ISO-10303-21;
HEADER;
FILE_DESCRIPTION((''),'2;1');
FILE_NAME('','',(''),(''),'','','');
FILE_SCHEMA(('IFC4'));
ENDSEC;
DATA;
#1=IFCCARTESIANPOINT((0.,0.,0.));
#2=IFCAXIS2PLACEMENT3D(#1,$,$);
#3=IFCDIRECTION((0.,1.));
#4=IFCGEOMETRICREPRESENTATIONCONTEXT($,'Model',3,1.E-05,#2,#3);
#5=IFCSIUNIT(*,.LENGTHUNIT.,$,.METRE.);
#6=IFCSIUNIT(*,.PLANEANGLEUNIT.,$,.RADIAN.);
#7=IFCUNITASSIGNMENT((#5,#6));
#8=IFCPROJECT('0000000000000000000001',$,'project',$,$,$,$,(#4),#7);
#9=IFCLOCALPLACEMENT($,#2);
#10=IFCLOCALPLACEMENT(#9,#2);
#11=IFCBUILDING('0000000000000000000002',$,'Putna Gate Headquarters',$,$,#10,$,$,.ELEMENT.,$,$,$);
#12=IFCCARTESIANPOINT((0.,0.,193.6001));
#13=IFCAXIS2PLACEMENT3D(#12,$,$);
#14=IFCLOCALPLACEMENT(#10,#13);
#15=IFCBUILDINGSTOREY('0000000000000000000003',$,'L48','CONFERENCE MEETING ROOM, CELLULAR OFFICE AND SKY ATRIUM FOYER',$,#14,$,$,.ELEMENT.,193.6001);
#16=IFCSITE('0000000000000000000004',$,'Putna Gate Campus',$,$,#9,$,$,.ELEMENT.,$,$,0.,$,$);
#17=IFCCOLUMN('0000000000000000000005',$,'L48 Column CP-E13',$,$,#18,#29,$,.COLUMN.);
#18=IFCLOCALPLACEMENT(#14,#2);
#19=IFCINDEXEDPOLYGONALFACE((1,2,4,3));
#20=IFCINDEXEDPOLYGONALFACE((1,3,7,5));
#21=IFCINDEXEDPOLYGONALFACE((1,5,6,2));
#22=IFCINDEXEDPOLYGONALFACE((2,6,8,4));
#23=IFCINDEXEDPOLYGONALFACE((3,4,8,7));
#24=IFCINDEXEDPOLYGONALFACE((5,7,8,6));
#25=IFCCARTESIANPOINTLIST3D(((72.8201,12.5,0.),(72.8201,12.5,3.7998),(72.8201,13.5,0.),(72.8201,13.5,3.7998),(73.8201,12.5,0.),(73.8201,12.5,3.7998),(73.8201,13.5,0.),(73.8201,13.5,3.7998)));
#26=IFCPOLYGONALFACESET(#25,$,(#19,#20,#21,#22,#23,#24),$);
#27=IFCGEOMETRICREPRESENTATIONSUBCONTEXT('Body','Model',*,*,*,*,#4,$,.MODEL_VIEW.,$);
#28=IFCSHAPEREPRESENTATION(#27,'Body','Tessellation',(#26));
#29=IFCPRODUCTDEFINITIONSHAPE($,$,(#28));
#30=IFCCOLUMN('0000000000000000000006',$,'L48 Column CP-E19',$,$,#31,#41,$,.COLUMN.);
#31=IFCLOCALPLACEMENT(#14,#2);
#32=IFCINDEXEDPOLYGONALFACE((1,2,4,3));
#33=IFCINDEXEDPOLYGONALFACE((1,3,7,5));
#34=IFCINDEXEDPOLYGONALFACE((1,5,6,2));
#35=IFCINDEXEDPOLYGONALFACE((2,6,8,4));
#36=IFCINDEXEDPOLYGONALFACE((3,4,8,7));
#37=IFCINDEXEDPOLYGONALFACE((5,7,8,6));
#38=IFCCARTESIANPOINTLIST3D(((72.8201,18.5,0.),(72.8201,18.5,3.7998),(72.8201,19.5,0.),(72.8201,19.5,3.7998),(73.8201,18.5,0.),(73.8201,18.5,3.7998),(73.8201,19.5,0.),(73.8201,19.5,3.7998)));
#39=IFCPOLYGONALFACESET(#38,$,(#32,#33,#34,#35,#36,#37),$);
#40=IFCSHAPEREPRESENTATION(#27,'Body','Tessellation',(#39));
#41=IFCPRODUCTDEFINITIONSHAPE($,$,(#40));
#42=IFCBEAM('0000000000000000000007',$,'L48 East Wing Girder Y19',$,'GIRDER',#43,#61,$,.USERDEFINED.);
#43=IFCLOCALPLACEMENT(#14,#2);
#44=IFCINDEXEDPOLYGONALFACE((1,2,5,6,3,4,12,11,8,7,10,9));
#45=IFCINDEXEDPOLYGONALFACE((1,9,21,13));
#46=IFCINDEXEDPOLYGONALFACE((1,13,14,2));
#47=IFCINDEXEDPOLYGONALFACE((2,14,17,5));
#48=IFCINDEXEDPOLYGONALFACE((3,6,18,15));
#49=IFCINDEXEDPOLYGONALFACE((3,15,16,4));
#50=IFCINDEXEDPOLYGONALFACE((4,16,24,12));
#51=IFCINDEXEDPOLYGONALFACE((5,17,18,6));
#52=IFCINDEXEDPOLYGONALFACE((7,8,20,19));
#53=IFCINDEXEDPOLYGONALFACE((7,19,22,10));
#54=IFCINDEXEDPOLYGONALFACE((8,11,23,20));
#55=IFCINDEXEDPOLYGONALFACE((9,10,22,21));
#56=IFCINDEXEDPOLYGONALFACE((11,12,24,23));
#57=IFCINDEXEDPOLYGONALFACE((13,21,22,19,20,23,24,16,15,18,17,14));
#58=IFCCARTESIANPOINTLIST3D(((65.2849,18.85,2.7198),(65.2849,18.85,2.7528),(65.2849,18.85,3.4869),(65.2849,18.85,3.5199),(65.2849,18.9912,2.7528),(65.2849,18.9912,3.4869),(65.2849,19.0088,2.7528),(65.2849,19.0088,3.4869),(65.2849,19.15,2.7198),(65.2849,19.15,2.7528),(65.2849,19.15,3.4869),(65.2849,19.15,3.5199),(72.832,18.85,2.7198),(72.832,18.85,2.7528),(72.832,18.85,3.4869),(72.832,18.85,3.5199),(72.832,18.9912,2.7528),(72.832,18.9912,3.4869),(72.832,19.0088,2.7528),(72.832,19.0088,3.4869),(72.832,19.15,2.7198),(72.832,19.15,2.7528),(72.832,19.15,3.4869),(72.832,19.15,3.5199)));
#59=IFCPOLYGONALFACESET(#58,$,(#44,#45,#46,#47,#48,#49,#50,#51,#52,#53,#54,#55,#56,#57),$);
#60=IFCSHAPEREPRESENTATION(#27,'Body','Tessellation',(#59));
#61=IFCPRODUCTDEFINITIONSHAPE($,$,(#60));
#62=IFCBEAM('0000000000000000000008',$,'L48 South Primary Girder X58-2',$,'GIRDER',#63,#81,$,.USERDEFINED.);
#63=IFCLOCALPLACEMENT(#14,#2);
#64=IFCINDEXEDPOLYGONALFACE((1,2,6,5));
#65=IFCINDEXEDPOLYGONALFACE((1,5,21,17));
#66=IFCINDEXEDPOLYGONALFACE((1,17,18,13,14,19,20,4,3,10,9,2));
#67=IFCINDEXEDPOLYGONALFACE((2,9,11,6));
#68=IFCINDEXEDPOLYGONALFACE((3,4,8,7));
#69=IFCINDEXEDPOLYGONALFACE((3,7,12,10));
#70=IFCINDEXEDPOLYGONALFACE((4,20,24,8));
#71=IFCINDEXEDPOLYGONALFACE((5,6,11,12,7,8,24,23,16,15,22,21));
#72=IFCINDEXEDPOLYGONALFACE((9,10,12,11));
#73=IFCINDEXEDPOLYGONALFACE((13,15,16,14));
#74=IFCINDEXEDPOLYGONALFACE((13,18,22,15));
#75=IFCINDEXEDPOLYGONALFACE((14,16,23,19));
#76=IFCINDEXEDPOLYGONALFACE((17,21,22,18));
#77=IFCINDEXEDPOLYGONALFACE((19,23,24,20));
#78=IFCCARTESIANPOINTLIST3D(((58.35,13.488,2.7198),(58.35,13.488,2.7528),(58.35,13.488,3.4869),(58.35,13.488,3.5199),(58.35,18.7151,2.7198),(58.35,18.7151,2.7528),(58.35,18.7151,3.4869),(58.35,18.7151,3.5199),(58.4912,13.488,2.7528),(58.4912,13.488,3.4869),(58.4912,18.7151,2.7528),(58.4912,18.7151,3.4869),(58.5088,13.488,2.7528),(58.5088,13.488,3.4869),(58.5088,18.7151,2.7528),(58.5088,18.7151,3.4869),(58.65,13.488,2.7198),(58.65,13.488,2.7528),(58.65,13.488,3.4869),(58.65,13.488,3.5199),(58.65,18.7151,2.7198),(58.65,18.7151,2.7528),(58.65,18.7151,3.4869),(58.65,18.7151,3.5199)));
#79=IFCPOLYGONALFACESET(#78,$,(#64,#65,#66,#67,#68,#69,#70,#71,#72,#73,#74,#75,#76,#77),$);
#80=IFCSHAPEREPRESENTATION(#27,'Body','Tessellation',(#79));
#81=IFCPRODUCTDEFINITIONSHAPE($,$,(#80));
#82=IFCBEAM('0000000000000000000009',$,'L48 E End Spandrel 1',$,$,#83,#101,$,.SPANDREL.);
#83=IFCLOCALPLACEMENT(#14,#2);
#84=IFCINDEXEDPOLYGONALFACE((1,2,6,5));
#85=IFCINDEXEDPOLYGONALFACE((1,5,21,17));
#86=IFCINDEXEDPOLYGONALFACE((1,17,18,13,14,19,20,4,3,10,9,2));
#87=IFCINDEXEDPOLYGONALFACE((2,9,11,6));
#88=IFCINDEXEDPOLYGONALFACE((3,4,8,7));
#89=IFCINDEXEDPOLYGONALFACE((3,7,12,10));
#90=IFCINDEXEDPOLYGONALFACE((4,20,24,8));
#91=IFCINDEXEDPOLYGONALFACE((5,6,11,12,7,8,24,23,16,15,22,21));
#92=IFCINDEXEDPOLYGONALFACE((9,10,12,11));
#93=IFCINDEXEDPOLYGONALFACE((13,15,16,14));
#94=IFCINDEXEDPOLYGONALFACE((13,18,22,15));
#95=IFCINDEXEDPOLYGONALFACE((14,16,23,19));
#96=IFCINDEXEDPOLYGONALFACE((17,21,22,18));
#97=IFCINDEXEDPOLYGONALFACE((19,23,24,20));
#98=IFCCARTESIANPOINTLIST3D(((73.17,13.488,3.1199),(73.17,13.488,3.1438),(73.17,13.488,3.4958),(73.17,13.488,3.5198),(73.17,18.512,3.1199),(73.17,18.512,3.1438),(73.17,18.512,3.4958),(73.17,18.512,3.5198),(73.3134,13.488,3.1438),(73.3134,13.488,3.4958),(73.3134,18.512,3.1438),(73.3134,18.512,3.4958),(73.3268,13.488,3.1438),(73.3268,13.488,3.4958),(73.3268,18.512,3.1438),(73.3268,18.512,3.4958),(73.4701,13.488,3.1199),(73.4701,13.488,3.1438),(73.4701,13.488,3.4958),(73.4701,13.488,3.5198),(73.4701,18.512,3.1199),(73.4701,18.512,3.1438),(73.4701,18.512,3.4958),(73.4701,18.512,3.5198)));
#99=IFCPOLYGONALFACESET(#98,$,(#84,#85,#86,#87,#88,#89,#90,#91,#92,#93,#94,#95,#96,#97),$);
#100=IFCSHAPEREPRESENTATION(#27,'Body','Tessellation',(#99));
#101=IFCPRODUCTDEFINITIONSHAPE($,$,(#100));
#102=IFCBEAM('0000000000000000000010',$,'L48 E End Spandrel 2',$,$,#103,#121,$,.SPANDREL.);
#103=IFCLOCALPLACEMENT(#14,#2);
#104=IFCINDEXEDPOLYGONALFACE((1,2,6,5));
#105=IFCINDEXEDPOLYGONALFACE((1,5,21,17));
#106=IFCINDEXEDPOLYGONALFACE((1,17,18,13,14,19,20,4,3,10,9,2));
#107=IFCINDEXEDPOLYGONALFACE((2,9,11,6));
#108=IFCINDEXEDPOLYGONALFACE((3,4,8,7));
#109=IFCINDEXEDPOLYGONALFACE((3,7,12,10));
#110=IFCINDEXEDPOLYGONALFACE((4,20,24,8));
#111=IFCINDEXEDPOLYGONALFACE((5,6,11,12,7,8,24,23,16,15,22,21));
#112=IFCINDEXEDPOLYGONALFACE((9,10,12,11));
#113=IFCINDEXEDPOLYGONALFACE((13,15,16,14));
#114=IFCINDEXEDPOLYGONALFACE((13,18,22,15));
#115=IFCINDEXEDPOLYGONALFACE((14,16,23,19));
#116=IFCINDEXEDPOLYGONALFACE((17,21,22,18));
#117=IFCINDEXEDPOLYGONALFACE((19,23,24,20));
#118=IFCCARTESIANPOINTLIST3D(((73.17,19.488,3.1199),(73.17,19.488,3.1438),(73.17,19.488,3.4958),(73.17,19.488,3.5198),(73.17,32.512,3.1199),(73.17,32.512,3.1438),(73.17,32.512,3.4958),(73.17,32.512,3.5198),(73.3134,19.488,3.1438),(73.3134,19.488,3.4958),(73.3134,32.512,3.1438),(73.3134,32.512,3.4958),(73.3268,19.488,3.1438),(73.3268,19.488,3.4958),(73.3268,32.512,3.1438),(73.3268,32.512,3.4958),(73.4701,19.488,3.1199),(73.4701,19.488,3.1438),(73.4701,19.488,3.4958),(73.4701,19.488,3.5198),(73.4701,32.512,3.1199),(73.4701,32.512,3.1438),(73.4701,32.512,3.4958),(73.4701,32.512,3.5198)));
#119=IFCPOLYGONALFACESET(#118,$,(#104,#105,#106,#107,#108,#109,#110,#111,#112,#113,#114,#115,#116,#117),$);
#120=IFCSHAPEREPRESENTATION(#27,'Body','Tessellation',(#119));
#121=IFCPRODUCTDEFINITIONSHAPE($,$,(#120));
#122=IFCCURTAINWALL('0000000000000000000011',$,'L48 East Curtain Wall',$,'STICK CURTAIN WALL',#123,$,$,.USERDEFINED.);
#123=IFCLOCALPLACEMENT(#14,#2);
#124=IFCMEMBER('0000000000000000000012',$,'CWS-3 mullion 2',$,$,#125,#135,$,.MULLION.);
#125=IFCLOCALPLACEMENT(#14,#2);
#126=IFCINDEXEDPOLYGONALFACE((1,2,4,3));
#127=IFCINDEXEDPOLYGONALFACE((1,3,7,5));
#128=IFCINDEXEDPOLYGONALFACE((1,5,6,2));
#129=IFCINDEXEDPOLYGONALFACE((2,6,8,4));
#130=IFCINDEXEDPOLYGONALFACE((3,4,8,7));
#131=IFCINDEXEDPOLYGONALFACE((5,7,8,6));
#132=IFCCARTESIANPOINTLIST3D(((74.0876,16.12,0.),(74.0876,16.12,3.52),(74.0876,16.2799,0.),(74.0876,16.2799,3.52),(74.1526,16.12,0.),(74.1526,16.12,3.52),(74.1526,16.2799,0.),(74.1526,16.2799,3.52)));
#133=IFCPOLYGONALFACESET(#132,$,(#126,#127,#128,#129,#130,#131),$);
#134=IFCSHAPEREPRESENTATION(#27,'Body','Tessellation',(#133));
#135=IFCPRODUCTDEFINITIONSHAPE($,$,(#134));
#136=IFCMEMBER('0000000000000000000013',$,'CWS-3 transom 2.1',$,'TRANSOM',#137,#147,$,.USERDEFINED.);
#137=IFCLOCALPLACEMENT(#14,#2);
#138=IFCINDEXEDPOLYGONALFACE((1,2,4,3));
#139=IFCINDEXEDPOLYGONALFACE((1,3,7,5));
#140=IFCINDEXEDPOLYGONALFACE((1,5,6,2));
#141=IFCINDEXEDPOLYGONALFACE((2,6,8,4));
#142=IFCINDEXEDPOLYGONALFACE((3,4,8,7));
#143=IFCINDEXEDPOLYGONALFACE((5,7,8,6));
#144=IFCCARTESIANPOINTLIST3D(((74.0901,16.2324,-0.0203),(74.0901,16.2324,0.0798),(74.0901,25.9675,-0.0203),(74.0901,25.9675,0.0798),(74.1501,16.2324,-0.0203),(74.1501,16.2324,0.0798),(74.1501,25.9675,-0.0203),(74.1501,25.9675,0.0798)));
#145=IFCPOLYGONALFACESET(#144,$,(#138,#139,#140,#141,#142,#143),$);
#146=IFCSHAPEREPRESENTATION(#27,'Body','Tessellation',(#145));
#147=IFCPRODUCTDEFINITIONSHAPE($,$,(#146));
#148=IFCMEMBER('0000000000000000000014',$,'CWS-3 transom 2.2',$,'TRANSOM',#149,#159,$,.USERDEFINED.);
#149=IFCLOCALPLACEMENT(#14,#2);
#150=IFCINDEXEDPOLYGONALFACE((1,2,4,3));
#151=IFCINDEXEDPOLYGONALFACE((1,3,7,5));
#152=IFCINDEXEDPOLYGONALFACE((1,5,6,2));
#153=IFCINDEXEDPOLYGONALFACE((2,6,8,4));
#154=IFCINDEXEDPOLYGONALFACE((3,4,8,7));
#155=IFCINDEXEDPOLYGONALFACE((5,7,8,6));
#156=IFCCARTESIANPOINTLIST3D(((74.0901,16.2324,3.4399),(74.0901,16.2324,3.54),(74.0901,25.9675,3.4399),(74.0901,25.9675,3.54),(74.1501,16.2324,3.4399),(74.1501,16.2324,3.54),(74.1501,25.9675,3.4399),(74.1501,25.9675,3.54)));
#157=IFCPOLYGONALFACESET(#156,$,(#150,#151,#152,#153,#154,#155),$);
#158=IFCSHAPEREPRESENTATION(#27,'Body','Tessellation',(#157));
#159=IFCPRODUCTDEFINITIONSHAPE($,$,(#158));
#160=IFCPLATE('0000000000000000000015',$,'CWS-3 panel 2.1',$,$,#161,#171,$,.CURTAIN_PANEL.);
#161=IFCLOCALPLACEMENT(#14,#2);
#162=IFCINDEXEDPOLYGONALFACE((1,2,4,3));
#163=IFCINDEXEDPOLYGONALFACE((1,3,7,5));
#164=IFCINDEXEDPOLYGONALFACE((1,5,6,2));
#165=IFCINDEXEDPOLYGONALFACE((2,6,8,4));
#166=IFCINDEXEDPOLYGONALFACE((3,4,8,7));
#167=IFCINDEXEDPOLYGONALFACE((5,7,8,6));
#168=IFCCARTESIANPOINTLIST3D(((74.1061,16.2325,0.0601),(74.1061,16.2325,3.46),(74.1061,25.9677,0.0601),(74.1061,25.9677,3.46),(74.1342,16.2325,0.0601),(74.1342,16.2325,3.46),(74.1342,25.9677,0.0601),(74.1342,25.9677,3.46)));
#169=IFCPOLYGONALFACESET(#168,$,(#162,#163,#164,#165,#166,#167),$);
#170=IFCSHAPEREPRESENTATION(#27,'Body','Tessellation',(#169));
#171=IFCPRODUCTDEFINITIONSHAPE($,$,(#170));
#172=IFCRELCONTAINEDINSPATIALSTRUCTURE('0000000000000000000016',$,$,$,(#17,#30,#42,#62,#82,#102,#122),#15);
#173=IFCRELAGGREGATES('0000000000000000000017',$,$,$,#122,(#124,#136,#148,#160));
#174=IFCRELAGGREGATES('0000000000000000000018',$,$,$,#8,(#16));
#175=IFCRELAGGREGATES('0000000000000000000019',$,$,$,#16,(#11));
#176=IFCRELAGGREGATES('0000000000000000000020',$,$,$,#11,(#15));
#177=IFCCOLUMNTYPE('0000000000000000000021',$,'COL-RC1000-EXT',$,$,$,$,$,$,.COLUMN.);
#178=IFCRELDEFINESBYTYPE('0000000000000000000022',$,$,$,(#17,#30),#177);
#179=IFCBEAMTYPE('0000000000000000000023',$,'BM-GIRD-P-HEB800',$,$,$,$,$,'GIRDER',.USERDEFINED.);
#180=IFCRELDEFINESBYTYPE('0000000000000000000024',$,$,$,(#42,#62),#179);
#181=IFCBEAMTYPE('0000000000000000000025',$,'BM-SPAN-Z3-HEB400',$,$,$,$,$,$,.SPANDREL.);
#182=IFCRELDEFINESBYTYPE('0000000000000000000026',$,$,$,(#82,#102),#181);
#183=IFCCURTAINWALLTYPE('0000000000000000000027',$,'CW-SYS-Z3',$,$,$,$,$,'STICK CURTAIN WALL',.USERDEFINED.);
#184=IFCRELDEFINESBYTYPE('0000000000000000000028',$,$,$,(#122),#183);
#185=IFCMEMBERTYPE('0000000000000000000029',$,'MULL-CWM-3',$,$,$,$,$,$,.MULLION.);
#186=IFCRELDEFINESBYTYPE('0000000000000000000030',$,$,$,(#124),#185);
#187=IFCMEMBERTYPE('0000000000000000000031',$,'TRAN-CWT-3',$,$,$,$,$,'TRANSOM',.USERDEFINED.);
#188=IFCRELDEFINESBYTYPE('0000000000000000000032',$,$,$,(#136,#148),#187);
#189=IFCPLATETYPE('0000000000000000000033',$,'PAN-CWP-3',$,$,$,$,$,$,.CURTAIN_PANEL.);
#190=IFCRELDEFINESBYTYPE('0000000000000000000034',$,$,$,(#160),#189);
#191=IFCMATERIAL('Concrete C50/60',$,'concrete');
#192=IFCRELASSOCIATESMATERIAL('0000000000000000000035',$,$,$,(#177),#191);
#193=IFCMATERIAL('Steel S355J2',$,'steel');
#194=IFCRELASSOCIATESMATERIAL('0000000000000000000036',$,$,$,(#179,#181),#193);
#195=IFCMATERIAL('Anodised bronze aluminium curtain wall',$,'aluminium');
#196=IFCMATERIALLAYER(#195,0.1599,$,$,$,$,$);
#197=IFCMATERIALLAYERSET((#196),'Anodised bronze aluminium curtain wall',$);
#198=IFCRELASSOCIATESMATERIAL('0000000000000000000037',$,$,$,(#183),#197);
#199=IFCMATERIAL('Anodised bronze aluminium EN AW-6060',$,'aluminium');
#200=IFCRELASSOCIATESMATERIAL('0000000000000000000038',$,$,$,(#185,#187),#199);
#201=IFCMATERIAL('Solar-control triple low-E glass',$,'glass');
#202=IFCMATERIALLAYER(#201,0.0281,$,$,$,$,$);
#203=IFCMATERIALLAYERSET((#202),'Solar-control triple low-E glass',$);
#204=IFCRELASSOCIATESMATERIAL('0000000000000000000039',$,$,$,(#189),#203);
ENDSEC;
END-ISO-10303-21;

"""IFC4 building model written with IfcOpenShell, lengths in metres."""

from ifc_helpers import new_model, si_unit, direction, frame, origin, origin_2d, place, context, subcontext, project, spatial, rectangle, i_section, extrude, material, layer, layer_set, material_profile, profile_set, type_object, element, aggregate, save


model = new_model("IFC4")

# Units and contexts
model_context = context("Model", 3, precision=1e-05, world=origin(), true_north=direction((0.0, 1.0)))
body_context = subcontext(model_context, "Body", "Model", "MODEL_VIEW")
ifc_project = project(units=[si_unit("LENGTHUNIT", "METRE"), si_unit("PLANEANGLEUNIT", "RADIAN")], contexts=[model_context])

# Site, building, storey
site_placement = place(None, origin())
site = spatial("IfcSite", under=ifc_project, at=site_placement, Name="Putna Gate Campus", CompositionType="ELEMENT", RefElevation=0.0)
building_placement = place(site_placement, origin())
building = spatial("IfcBuilding", under=site, at=building_placement, Name="Putna Gate Headquarters", CompositionType="ELEMENT")
storey_placement = place(building_placement, frame((0.0, 0.0, 193.6001)))
storey = spatial("IfcBuildingStorey", under=building, at=storey_placement, Name="L48", Description="CONFERENCE MEETING ROOM, CELLULAR OFFICE AND SKY ATRIUM FOYER", CompositionType="ELEMENT", Elevation=193.6001)

# Columns
ifc_material_1 = material(Name="Concrete C50/60", Category="concrete")
ifc_material_profile_1 = material_profile(ifc_material_1, rectangle(XDim=1.0, YDim=1.0, at=origin_2d()), Name="Concrete C50/60")
ifc_profile_set_1 = profile_set([ifc_material_profile_1], Name="Concrete C50/60")
column_type = type_object("IfcColumnType", Name="COL-RC1000-EXT", PredefinedType="COLUMN", material=ifc_profile_set_1)
for number, where, z_axis, x_axis, name in (
    (1, (73.3201, 13.0, 0.0), (0.0, 0.0, 1.0), (1.0, 0.0, 0.0), "L48 Column CP-E13"),
    (2, (73.3201, 19.0, 0.0), (0.0, 0.0, 1.0), (1.0, 0.0, 0.0), "L48 Column CP-E19"),
):
    element("IfcColumn", number, at=place(storey_placement, frame(where, z_axis=z_axis, x_axis=x_axis)), inside=storey, type_object=column_type, Name=name, PredefinedType="COLUMN", context=body_context, shape_type="SweptSolid", body=[
        extrude(rectangle(XDim=1.0, YDim=1.0, at=origin_2d()), origin(), (0.0, 0.0, 1.0), 3.7998),
    ])

# Beams
ifc_material_2 = material(Name="Steel S355J2", Category="steel")
ifc_material_profile_2 = material_profile(ifc_material_2, i_section(OverallWidth=0.3, OverallDepth=0.8, WebThickness=0.0176, FlangeThickness=0.033, at=origin_2d()), Name="Steel S355J2")
ifc_profile_set_2 = profile_set([ifc_material_profile_2], Name="Steel S355J2")
beam_type_1 = type_object("IfcBeamType", Name="BM-GIRD-P-HEB800", ElementType="GIRDER", PredefinedType="USERDEFINED", material=ifc_profile_set_2)
beam_1_placement = place(storey_placement, frame((65.2849, 19.0, 3.1199), z_axis=(1.0, 0.0, 0.0), x_axis=(0.0, 1.0, 0.0)))
element("IfcBeam", 3, at=beam_1_placement, inside=storey, type_object=beam_type_1, Name="L48 East Wing Girder Y19", ObjectType="GIRDER", PredefinedType="USERDEFINED", context=body_context, shape_type="SweptSolid", body=[
    extrude(i_section(OverallWidth=0.3, OverallDepth=0.8, WebThickness=0.0176, FlangeThickness=0.033, at=origin_2d()), origin(), (0.0, 0.0, 1.0), 7.5471),
])
beam_2_placement = place(storey_placement, frame((58.5, 13.488, 3.1199), z_axis=(0.0, 1.0, 0.0), x_axis=(-1.0, 0.0, 0.0)))
element("IfcBeam", 4, at=beam_2_placement, inside=storey, type_object=beam_type_1, Name="L48 South Primary Girder X58-2", ObjectType="GIRDER", PredefinedType="USERDEFINED", context=body_context, shape_type="SweptSolid", body=[
    extrude(i_section(OverallWidth=0.3, OverallDepth=0.8, WebThickness=0.0176, FlangeThickness=0.033, at=origin_2d()), origin(), (0.0, 0.0, 1.0), 5.2271),
])
ifc_material_profile_3 = material_profile(ifc_material_2, i_section(OverallWidth=0.3, OverallDepth=0.3999, WebThickness=0.0134, FlangeThickness=0.0239, at=origin_2d()), Name="Steel S355J2")
ifc_profile_set_3 = profile_set([ifc_material_profile_3], Name="Steel S355J2")
beam_type_2 = type_object("IfcBeamType", Name="BM-SPAN-Z3-HEB400", PredefinedType="SPANDREL", material=ifc_profile_set_3)
beam_3_placement = place(storey_placement, frame((73.3201, 13.488, 3.3198), z_axis=(0.0, 1.0, 0.0), x_axis=(-1.0, 0.0, 0.0)))
element("IfcBeam", 5, at=beam_3_placement, inside=storey, type_object=beam_type_2, Name="L48 E End Spandrel 1", PredefinedType="SPANDREL", context=body_context, shape_type="SweptSolid", body=[
    extrude(i_section(OverallWidth=0.3, OverallDepth=0.3999, WebThickness=0.0134, FlangeThickness=0.0239, at=origin_2d()), origin(), (0.0, 0.0, 1.0), 5.0239),
])
beam_4_placement = place(storey_placement, frame((73.3201, 19.488, 3.3198), z_axis=(0.0, 1.0, 0.0), x_axis=(-1.0, 0.0, 0.0)))
element("IfcBeam", 6, at=beam_4_placement, inside=storey, type_object=beam_type_2, Name="L48 E End Spandrel 2", PredefinedType="SPANDREL", context=body_context, shape_type="SweptSolid", body=[
    extrude(i_section(OverallWidth=0.3, OverallDepth=0.3999, WebThickness=0.0134, FlangeThickness=0.0239, at=origin_2d()), origin(), (0.0, 0.0, 1.0), 13.0239),
])

# Curtain wall, members, plate
ifc_material_3 = material(Name="Anodised bronze aluminium curtain wall", Category="aluminium")
ifc_layer_1 = layer(ifc_material_3, 0.1599)
ifc_layer_set_1 = layer_set([ifc_layer_1], Name="Anodised bronze aluminium curtain wall")
curtain_wall_type = type_object("IfcCurtainWallType", Name="CW-SYS-Z3", ElementType="STICK CURTAIN WALL", PredefinedType="USERDEFINED", material=ifc_layer_set_1)
curtain_wall_placement = place(storey_placement, origin())
curtain_wall = element("IfcCurtainWall", 7, at=curtain_wall_placement, inside=storey, type_object=curtain_wall_type, Name="L48 East Curtain Wall", ObjectType="STICK CURTAIN WALL", PredefinedType="USERDEFINED")
ifc_material_4 = material(Name="Anodised bronze aluminium EN AW-6060", Category="aluminium")
ifc_material_profile_4 = material_profile(ifc_material_4, rectangle(XDim=0.0649, YDim=0.1599, at=origin_2d()), Name="Anodised bronze aluminium EN AW-6060")
ifc_profile_set_4 = profile_set([ifc_material_profile_4], Name="Anodised bronze aluminium EN AW-6060")
member_type_1 = type_object("IfcMemberType", Name="MULL-CWM-3", PredefinedType="MULLION", material=ifc_profile_set_4)
member_1_placement = place(storey_placement, frame((74.1201, 16.2, 0.0), z_axis=(0.0, 0.0, 1.0), x_axis=(-1.0, 0.0, 0.0)))
member_1 = element("IfcMember", 8, at=member_1_placement, type_object=member_type_1, Name="CWS-3 mullion 2", PredefinedType="MULLION", context=body_context, shape_type="SweptSolid", body=[
    extrude(rectangle(XDim=0.0649, YDim=0.1599, at=origin_2d()), origin(), (0.0, 0.0, 1.0), 3.52),
])
ifc_material_profile_5 = material_profile(ifc_material_4, rectangle(XDim=0.0601, YDim=0.1001, at=origin_2d()), Name="Anodised bronze aluminium EN AW-6060")
ifc_profile_set_5 = profile_set([ifc_material_profile_5], Name="Anodised bronze aluminium EN AW-6060")
member_type_2 = type_object("IfcMemberType", Name="TRAN-CWT-3", ElementType="TRANSOM", PredefinedType="USERDEFINED", material=ifc_profile_set_5)
member_2_placement = place(storey_placement, frame((74.1201, 16.2324, 0.0298), z_axis=(0.0, 1.0, 0.0), x_axis=(-1.0, 0.0, 0.0)))
member_2 = element("IfcMember", 9, at=member_2_placement, type_object=member_type_2, Name="CWS-3 transom 2.1", ObjectType="TRANSOM", PredefinedType="USERDEFINED", context=body_context, shape_type="SweptSolid", body=[
    extrude(rectangle(XDim=0.0601, YDim=0.1001, at=origin_2d()), origin(), (0.0, 0.0, 1.0), 9.7351),
])
member_3_placement = place(storey_placement, frame((74.1201, 16.2324, 3.49), z_axis=(0.0, 1.0, 0.0), x_axis=(-1.0, 0.0, 0.0)))
member_3 = element("IfcMember", 10, at=member_3_placement, type_object=member_type_2, Name="CWS-3 transom 2.2", ObjectType="TRANSOM", PredefinedType="USERDEFINED", context=body_context, shape_type="SweptSolid", body=[
    extrude(rectangle(XDim=0.0601, YDim=0.1001, at=origin_2d()), origin(), (0.0, 0.0, 1.0), 9.7351),
])
ifc_material_5 = material(Name="Solar-control triple low-E glass", Category="glass")
ifc_layer_2 = layer(ifc_material_5, 0.0281)
ifc_layer_set_2 = layer_set([ifc_layer_2], Name="Solar-control triple low-E glass")
plate_type = type_object("IfcPlateType", Name="PAN-CWP-3", PredefinedType="CURTAIN_PANEL", material=ifc_layer_set_2)
plate_placement = place(storey_placement, frame((74.1201, 21.1001, 0.0601), z_axis=(0.0, 0.0, 1.0), x_axis=(0.0, 1.0, 0.0)))
plate = element("IfcPlate", 11, at=plate_placement, type_object=plate_type, Name="CWS-3 panel 2.1", PredefinedType="CURTAIN_PANEL", context=body_context, shape_type="SweptSolid", body=[
    extrude(rectangle(XDim=9.7351, YDim=0.0281, at=origin_2d()), origin(), (0.0, 0.0, 1.0), 3.3999),
])
aggregate(curtain_wall, [member_1, member_2, member_3, plate])

save(model, "model.ifc")
